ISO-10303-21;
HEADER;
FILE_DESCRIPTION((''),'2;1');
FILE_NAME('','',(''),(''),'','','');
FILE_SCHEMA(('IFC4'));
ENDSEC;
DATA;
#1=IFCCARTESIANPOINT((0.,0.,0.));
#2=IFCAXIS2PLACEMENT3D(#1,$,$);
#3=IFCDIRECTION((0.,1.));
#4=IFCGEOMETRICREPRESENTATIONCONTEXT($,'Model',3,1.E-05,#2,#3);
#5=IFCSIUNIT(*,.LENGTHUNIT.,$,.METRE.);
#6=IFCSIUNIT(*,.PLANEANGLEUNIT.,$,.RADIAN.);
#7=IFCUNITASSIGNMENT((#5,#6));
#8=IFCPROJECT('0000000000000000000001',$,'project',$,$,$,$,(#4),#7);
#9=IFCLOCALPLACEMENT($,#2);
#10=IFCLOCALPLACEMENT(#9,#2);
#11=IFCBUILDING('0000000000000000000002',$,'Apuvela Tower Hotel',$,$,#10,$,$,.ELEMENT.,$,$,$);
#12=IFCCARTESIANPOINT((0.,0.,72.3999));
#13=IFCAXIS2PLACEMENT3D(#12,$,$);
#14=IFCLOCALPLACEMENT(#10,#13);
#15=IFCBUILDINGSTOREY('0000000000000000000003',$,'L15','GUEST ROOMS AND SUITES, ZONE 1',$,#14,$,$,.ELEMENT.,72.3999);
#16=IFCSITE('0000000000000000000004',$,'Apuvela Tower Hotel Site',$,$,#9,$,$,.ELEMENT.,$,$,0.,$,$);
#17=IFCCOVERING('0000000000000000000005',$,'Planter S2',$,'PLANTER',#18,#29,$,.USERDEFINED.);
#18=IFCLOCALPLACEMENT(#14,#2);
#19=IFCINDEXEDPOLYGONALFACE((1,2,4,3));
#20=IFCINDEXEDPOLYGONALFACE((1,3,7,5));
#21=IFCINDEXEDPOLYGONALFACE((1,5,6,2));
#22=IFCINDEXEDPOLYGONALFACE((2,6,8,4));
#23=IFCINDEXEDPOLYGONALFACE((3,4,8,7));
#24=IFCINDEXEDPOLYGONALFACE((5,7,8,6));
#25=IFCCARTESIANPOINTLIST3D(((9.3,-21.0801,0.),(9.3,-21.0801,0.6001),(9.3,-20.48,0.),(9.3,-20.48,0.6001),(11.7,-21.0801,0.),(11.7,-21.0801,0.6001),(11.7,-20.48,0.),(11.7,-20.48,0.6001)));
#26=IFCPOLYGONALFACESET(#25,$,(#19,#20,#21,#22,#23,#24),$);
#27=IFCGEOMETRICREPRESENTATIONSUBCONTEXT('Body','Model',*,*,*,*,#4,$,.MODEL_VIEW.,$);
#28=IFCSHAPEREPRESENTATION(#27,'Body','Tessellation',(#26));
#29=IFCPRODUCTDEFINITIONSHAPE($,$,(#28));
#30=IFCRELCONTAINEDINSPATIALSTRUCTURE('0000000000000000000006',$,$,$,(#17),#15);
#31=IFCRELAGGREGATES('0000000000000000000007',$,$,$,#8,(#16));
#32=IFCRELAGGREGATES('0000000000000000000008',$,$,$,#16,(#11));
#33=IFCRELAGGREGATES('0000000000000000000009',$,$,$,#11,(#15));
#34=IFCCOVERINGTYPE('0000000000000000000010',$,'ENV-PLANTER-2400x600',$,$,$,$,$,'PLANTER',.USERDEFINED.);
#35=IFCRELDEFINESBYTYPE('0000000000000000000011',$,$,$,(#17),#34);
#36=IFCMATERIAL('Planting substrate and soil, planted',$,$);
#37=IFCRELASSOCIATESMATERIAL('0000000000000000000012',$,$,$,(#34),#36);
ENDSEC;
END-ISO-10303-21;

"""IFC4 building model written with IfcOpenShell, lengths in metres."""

from ifc_helpers import new_model, si_unit, direction, frame, origin, origin_2d, place, context, subcontext, project, spatial, rectangle, extrude, material, type_object, element, save


model = new_model("IFC4")

# Units and contexts
model_context = context("Model", 3, precision=1e-05, world=origin(), true_north=direction((0.0, 1.0)))
body_context = subcontext(model_context, "Body", "Model", "MODEL_VIEW")
ifc_project = project(units=[si_unit("LENGTHUNIT", "METRE"), si_unit("PLANEANGLEUNIT", "RADIAN")], contexts=[model_context])

# Site, building, storey
site_placement = place(None, origin())
site = spatial("IfcSite", under=ifc_project, at=site_placement, Name="Apuvela Tower Hotel Site", CompositionType="ELEMENT", RefElevation=0.0)
building_placement = place(site_placement, origin())
building = spatial("IfcBuilding", under=site, at=building_placement, Name="Apuvela Tower Hotel", CompositionType="ELEMENT")
storey_placement = place(building_placement, frame((0.0, 0.0, 72.3999)))
storey = spatial("IfcBuildingStorey", under=building, at=storey_placement, Name="L15", Description="GUEST ROOMS AND SUITES, ZONE 1", CompositionType="ELEMENT", Elevation=72.3999)

# Covering
ifc_material_1 = material(Name="Planting substrate and soil, planted")
covering_type = type_object("IfcCoveringType", Name="ENV-PLANTER-2400x600", ElementType="PLANTER", PredefinedType="USERDEFINED", material=ifc_material_1)
covering_placement = place(storey_placement, frame((10.5, -20.78, 0.0), z_axis=(0.0, 0.0, 1.0), x_axis=(1.0, 0.0, 0.0)))
element("IfcCovering", 1, at=covering_placement, inside=storey, type_object=covering_type, Name="Planter S2", ObjectType="PLANTER", PredefinedType="USERDEFINED", context=body_context, shape_type="SweptSolid", body=[
    extrude(rectangle(XDim=2.3999, YDim=0.6001, at=origin_2d()), origin(), (0.0, 0.0, 1.0), 0.6001),
])

save(model, "model.ifc")
